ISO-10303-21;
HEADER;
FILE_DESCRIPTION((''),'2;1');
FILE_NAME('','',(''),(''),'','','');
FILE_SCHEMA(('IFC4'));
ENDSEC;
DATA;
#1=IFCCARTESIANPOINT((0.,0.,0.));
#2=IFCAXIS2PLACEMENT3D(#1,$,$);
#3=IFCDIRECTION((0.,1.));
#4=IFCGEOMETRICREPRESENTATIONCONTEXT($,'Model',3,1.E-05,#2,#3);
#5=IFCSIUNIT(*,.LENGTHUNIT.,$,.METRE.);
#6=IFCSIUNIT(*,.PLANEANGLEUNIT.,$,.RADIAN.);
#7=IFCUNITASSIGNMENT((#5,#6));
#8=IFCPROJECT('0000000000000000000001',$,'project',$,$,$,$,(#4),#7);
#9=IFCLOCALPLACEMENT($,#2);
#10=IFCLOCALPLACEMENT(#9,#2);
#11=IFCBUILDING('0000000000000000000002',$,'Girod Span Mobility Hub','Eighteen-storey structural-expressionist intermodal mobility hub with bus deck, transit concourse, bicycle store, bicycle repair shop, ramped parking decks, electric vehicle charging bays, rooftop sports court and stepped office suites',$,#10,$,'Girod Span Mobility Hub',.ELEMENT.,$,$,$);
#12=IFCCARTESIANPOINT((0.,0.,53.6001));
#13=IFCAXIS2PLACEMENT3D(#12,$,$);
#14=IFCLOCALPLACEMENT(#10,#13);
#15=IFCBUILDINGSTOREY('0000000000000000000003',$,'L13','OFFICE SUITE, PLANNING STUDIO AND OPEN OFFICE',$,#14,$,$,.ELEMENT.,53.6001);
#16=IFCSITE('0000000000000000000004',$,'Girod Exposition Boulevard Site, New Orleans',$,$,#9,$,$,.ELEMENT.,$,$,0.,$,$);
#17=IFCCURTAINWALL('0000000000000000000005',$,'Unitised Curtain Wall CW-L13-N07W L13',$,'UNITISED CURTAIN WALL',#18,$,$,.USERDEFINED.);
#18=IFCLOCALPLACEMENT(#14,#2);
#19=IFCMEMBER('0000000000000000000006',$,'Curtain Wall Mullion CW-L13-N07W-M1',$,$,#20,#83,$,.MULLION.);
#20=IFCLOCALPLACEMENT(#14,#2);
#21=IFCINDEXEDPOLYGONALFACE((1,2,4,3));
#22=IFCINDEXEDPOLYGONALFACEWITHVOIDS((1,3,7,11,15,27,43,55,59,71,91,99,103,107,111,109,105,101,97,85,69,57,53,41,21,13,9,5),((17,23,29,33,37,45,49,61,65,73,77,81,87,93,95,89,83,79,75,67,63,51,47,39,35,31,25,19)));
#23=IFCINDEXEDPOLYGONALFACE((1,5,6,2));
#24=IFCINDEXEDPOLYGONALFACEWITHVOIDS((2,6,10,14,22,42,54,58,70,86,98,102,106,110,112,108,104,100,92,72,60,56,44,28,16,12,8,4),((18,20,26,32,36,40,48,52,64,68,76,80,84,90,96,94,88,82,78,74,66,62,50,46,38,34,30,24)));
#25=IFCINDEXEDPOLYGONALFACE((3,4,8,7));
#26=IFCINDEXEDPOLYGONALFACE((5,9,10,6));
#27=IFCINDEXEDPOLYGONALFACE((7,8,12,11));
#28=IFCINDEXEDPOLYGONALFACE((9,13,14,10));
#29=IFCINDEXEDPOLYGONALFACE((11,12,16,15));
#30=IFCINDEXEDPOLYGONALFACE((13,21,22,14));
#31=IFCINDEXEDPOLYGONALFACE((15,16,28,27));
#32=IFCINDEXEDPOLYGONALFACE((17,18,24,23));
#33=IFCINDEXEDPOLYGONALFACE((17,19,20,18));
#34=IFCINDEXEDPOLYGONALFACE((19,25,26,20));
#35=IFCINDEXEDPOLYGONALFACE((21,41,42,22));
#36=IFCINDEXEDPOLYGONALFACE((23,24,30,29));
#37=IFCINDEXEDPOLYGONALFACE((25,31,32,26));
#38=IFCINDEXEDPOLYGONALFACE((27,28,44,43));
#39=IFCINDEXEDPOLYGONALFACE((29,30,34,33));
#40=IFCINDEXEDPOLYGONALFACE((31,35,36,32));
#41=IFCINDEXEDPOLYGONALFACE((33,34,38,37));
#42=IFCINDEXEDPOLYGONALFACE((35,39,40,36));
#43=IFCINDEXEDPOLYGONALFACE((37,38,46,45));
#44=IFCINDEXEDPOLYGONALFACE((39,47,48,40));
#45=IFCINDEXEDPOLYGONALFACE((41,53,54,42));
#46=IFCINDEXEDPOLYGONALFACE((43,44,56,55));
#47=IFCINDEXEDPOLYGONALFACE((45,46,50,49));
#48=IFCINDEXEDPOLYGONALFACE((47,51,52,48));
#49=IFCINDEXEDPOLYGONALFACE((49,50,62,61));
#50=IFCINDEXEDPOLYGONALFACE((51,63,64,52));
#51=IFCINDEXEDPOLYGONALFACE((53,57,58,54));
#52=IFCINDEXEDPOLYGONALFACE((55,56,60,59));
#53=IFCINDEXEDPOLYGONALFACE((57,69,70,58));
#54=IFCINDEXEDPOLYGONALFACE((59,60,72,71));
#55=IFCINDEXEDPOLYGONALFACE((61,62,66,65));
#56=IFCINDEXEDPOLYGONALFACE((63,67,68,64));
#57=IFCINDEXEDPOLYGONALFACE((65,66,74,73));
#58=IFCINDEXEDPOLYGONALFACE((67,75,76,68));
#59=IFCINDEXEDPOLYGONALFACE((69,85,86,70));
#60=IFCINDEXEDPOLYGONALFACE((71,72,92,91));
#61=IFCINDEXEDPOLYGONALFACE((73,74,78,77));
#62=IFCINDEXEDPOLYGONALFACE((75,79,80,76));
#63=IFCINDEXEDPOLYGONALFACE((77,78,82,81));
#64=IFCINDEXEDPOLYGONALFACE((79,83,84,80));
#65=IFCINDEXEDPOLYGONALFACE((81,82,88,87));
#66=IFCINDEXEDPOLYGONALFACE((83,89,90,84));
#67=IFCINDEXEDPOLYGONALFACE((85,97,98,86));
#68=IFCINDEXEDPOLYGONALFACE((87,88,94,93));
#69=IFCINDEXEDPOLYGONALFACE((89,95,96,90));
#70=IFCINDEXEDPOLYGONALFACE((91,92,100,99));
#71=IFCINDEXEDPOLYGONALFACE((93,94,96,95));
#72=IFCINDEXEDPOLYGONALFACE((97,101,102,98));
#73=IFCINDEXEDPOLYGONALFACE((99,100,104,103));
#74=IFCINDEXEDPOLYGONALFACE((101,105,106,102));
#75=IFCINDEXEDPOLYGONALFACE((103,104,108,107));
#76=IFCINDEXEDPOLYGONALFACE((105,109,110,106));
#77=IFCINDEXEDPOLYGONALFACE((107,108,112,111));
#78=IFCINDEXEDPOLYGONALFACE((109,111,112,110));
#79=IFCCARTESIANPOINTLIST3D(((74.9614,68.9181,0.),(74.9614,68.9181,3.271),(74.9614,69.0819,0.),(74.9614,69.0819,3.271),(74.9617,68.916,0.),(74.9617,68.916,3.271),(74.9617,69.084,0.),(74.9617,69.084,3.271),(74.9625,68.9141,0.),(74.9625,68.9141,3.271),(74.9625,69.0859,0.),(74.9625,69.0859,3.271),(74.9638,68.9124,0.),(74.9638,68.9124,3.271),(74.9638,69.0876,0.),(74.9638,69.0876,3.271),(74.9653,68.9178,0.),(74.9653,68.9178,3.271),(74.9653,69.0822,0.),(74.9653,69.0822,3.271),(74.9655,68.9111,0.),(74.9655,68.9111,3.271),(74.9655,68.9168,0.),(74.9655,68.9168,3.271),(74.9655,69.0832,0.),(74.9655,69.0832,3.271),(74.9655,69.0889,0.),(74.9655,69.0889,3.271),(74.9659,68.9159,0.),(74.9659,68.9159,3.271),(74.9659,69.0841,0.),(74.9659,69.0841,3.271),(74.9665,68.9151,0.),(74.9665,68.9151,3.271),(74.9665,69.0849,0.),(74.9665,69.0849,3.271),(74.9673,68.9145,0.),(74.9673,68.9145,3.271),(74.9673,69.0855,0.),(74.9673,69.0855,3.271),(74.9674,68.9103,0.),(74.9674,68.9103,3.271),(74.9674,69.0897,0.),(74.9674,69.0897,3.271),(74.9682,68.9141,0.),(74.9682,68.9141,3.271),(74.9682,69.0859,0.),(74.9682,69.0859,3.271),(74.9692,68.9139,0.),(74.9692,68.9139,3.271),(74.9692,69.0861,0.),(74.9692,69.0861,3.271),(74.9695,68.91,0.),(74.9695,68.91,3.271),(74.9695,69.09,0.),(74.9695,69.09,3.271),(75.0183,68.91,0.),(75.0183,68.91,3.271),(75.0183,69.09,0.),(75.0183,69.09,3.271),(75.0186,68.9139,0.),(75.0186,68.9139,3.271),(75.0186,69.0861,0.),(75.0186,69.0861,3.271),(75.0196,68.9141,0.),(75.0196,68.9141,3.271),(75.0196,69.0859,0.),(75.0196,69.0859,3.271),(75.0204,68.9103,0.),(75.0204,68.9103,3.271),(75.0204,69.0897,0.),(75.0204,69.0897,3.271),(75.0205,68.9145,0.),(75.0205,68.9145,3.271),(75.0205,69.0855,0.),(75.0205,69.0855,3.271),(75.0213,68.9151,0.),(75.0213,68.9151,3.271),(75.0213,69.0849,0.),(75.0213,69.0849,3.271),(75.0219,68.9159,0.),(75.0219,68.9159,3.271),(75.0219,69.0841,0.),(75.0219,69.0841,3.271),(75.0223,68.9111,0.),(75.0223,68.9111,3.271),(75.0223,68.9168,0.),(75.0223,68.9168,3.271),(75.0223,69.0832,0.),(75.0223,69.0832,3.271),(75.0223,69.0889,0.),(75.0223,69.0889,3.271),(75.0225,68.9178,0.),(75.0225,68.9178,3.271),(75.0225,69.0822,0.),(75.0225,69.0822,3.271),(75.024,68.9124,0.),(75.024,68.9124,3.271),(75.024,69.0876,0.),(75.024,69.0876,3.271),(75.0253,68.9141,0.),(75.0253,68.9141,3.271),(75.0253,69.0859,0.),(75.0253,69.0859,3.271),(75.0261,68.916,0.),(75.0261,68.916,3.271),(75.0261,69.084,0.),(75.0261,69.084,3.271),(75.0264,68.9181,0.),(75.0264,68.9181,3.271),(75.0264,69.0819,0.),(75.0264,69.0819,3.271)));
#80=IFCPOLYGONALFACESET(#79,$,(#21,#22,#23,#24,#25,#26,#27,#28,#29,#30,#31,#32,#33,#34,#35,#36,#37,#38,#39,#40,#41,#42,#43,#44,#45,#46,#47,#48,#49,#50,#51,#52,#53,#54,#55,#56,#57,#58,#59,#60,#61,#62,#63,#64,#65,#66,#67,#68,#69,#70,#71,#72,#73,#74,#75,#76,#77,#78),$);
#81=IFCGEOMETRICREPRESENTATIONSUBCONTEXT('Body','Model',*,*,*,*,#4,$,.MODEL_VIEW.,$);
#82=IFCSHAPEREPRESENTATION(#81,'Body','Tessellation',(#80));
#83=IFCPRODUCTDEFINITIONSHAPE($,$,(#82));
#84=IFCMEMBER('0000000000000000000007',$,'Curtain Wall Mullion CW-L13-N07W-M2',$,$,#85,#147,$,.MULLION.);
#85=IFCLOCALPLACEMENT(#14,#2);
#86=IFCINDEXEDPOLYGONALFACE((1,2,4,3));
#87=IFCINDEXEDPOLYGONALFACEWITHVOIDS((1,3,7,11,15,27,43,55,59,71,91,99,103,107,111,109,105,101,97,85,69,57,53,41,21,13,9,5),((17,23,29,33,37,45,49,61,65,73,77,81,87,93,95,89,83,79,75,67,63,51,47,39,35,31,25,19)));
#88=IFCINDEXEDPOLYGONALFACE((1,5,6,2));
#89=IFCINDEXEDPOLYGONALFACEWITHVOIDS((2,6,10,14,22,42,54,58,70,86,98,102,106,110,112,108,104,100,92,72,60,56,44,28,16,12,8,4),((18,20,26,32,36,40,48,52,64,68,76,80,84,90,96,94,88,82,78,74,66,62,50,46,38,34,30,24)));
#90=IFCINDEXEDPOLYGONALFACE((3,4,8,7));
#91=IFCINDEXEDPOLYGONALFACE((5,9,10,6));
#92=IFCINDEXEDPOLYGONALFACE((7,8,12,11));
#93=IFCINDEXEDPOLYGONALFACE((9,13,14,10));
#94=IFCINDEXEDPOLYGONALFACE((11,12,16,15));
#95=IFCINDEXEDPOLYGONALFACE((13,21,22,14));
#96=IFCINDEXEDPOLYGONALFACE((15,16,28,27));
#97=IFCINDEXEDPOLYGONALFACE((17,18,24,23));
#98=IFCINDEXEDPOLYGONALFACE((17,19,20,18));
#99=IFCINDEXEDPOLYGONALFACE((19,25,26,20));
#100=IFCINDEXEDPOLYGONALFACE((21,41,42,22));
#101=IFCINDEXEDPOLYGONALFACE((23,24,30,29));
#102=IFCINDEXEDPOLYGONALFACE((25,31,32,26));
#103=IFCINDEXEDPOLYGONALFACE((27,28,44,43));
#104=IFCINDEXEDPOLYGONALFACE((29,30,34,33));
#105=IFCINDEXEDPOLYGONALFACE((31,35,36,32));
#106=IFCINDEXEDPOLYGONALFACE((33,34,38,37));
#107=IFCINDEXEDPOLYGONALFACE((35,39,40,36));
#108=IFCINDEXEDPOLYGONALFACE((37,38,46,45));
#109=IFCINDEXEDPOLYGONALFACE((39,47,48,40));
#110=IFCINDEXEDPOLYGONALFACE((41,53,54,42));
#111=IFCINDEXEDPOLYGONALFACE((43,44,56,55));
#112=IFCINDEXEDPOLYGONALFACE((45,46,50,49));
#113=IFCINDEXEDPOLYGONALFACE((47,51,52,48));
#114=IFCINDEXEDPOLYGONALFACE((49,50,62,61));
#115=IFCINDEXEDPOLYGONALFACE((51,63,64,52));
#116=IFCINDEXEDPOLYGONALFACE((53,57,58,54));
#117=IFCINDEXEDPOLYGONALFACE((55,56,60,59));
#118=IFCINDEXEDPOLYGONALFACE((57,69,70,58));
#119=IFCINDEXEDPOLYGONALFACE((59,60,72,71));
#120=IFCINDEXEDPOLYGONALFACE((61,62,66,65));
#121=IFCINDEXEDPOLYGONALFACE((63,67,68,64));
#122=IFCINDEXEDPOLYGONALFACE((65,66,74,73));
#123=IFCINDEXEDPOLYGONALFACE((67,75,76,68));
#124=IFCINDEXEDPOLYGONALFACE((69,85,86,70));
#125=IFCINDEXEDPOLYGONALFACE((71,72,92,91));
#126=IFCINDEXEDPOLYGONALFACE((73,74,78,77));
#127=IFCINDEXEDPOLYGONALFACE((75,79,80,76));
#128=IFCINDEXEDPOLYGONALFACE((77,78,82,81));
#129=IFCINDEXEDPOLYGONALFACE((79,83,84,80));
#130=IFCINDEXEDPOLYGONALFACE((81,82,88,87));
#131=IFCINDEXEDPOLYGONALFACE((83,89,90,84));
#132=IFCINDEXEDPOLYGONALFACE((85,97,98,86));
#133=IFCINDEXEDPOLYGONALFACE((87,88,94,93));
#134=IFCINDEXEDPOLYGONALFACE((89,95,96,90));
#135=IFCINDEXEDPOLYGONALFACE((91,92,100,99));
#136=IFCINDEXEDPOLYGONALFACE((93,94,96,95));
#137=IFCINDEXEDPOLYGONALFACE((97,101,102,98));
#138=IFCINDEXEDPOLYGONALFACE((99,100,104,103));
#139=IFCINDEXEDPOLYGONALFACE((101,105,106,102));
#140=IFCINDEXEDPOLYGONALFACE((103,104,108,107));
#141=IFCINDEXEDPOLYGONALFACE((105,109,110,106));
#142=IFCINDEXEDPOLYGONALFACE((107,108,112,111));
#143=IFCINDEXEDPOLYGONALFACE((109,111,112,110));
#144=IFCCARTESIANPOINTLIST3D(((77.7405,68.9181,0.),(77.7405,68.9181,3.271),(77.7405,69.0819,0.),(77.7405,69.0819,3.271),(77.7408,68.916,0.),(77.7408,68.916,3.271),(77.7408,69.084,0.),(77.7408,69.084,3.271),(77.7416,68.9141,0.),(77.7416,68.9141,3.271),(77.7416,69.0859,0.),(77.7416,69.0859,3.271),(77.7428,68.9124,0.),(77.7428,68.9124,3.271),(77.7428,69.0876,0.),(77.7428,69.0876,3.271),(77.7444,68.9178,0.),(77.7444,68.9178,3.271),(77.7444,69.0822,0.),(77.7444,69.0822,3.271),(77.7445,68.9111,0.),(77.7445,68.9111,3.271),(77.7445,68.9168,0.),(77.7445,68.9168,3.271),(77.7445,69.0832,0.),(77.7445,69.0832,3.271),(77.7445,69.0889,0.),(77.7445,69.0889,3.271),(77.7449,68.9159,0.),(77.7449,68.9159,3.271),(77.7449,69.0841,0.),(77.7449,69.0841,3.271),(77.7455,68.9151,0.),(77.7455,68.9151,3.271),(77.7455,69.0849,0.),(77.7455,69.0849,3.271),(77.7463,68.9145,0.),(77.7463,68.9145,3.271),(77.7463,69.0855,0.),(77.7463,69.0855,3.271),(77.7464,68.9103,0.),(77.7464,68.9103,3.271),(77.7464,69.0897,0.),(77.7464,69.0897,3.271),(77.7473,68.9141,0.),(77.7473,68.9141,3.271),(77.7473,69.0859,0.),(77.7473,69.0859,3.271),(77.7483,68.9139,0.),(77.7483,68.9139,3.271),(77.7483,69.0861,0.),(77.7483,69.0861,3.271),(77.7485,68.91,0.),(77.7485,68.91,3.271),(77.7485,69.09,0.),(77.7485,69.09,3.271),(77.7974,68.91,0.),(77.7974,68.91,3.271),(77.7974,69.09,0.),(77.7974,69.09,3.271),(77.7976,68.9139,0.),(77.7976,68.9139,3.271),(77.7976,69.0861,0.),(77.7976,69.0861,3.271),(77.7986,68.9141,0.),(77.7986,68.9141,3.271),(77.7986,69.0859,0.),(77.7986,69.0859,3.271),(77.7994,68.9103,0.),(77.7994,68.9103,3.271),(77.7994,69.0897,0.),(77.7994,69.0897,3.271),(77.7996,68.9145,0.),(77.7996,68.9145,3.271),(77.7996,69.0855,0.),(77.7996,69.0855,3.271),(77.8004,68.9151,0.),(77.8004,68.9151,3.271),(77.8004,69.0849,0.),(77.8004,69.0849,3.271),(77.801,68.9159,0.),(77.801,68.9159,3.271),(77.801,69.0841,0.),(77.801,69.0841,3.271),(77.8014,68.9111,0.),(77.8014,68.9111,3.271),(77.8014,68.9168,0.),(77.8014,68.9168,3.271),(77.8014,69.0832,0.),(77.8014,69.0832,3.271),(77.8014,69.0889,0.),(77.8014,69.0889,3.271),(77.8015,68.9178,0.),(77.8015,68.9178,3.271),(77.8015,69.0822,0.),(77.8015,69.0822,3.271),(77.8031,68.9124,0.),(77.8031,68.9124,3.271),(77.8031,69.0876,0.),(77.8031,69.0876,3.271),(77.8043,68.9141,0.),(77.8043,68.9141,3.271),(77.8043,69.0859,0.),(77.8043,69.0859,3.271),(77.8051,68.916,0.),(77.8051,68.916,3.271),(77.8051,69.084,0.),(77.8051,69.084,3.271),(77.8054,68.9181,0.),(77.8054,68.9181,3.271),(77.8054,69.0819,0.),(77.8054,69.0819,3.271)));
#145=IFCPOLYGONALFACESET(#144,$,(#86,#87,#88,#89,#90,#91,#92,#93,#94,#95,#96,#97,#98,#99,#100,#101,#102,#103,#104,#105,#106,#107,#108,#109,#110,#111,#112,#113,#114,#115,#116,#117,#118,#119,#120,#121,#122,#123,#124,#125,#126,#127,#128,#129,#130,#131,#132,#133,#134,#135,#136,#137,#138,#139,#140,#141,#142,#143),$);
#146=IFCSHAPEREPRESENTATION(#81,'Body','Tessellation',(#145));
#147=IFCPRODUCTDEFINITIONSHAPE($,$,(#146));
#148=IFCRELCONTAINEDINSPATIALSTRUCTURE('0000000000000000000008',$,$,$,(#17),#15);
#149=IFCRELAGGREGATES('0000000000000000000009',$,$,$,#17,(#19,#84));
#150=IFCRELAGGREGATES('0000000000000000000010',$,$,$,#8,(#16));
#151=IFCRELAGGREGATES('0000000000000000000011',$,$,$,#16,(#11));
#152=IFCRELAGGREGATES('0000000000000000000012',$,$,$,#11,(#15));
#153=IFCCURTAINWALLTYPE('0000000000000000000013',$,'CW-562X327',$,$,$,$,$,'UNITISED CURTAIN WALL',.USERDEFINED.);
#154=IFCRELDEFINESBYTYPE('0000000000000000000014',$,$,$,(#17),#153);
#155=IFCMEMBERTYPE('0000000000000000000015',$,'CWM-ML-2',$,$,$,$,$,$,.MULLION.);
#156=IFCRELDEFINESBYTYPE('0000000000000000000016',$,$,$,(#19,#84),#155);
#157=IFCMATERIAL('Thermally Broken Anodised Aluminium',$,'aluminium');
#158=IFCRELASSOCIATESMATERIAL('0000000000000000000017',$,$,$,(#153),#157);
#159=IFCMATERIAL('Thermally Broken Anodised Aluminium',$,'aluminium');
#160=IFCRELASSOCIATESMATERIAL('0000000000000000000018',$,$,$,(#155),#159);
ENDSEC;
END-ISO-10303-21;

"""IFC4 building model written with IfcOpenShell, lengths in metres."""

from ifc_helpers import new_model, si_unit, direction, frame, origin, origin_2d, place, context, subcontext, project, spatial, hollow_rectangle, extrude, material, material_profile, profile_set, type_object, element, aggregate, save


model = new_model("IFC4")

# Units and contexts
model_context = context("Model", 3, precision=1e-05, world=origin(), true_north=direction((0.0, 1.0)))
body_context = subcontext(model_context, "Body", "Model", "MODEL_VIEW")
ifc_project = project(units=[si_unit("LENGTHUNIT", "METRE"), si_unit("PLANEANGLEUNIT", "RADIAN")], contexts=[model_context])

# Site, building, storey
site_placement = place(None, origin())
site = spatial("IfcSite", under=ifc_project, at=site_placement, Name="Girod Exposition Boulevard Site, New Orleans", CompositionType="ELEMENT", RefElevation=0.0)
building_placement = place(site_placement, origin())
building = spatial("IfcBuilding", under=site, at=building_placement, Name="Girod Span Mobility Hub", Description="Eighteen-storey structural-expressionist intermodal mobility hub with bus deck, transit concourse, bicycle store, bicycle repair shop, ramped parking decks, electric vehicle charging bays, rooftop sports court and stepped office suites", LongName="Girod Span Mobility Hub", CompositionType="ELEMENT")
storey_placement = place(building_placement, frame((0.0, 0.0, 53.6001)))
storey = spatial("IfcBuildingStorey", under=building, at=storey_placement, Name="L13", Description="OFFICE SUITE, PLANNING STUDIO AND OPEN OFFICE", CompositionType="ELEMENT", Elevation=53.6001)

# Shared definitions
ifc_material_1 = material(Name="Thermally Broken Anodised Aluminium", Category="aluminium")
curtain_wall_type = type_object("IfcCurtainWallType", Name="CW-562X327", ElementType="UNITISED CURTAIN WALL", PredefinedType="USERDEFINED", material=ifc_material_1)
ifc_material_2 = material(Name="Thermally Broken Anodised Aluminium", Category="aluminium")
ifc_material_profile_1 = material_profile(ifc_material_2, hollow_rectangle(XDim=0.1799, YDim=0.0649, WallThickness=0.0039, InnerFilletRadius=0.0039, OuterFilletRadius=0.0081, at=origin_2d()), Name="CW-ML-65X180")
ifc_profile_set_1 = profile_set([ifc_material_profile_1], Name="Thermally Broken Anodised Aluminium")
member_type_1 = type_object("IfcMemberType", Name="CWM-ML-2", PredefinedType="MULLION", material=ifc_profile_set_1)

# Curtain wall, members
curtain_wall_1_placement = place(storey_placement, origin())
curtain_wall_1 = element("IfcCurtainWall", 1, at=curtain_wall_1_placement, inside=storey, type_object=curtain_wall_type, Name="Unitised Curtain Wall CW-L13-N07W L13", ObjectType="UNITISED CURTAIN WALL", PredefinedType="USERDEFINED")
member_1_placement = place(storey_placement, frame((74.9939, 69.0, 0.0), z_axis=(0.0, 0.0, 1.0), x_axis=(0.0, 1.0, 0.0)))
member_1 = element("IfcMember", 2, at=member_1_placement, type_object=member_type_1, Name="Curtain Wall Mullion CW-L13-N07W-M1", PredefinedType="MULLION", context=body_context, shape_type="SweptSolid", body=[
    extrude(hollow_rectangle(XDim=0.1799, YDim=0.0649, WallThickness=0.0039, InnerFilletRadius=0.0039, OuterFilletRadius=0.0081, at=origin_2d()), origin(), (0.0, 0.0, 1.0), 3.271),
])
member_2_placement = place(storey_placement, frame((77.7729, 69.0, 0.0), z_axis=(0.0, 0.0, 1.0), x_axis=(0.0, 1.0, 0.0)))
member_2 = element("IfcMember", 3, at=member_2_placement, type_object=member_type_1, Name="Curtain Wall Mullion CW-L13-N07W-M2", PredefinedType="MULLION", context=body_context, shape_type="SweptSolid", body=[
    extrude(hollow_rectangle(XDim=0.1799, YDim=0.0649, WallThickness=0.0039, InnerFilletRadius=0.0039, OuterFilletRadius=0.0081, at=origin_2d()), origin(), (0.0, 0.0, 1.0), 3.271),
])

aggregate(curtain_wall_1, [member_1, member_2])

save(model, "model.ifc")
